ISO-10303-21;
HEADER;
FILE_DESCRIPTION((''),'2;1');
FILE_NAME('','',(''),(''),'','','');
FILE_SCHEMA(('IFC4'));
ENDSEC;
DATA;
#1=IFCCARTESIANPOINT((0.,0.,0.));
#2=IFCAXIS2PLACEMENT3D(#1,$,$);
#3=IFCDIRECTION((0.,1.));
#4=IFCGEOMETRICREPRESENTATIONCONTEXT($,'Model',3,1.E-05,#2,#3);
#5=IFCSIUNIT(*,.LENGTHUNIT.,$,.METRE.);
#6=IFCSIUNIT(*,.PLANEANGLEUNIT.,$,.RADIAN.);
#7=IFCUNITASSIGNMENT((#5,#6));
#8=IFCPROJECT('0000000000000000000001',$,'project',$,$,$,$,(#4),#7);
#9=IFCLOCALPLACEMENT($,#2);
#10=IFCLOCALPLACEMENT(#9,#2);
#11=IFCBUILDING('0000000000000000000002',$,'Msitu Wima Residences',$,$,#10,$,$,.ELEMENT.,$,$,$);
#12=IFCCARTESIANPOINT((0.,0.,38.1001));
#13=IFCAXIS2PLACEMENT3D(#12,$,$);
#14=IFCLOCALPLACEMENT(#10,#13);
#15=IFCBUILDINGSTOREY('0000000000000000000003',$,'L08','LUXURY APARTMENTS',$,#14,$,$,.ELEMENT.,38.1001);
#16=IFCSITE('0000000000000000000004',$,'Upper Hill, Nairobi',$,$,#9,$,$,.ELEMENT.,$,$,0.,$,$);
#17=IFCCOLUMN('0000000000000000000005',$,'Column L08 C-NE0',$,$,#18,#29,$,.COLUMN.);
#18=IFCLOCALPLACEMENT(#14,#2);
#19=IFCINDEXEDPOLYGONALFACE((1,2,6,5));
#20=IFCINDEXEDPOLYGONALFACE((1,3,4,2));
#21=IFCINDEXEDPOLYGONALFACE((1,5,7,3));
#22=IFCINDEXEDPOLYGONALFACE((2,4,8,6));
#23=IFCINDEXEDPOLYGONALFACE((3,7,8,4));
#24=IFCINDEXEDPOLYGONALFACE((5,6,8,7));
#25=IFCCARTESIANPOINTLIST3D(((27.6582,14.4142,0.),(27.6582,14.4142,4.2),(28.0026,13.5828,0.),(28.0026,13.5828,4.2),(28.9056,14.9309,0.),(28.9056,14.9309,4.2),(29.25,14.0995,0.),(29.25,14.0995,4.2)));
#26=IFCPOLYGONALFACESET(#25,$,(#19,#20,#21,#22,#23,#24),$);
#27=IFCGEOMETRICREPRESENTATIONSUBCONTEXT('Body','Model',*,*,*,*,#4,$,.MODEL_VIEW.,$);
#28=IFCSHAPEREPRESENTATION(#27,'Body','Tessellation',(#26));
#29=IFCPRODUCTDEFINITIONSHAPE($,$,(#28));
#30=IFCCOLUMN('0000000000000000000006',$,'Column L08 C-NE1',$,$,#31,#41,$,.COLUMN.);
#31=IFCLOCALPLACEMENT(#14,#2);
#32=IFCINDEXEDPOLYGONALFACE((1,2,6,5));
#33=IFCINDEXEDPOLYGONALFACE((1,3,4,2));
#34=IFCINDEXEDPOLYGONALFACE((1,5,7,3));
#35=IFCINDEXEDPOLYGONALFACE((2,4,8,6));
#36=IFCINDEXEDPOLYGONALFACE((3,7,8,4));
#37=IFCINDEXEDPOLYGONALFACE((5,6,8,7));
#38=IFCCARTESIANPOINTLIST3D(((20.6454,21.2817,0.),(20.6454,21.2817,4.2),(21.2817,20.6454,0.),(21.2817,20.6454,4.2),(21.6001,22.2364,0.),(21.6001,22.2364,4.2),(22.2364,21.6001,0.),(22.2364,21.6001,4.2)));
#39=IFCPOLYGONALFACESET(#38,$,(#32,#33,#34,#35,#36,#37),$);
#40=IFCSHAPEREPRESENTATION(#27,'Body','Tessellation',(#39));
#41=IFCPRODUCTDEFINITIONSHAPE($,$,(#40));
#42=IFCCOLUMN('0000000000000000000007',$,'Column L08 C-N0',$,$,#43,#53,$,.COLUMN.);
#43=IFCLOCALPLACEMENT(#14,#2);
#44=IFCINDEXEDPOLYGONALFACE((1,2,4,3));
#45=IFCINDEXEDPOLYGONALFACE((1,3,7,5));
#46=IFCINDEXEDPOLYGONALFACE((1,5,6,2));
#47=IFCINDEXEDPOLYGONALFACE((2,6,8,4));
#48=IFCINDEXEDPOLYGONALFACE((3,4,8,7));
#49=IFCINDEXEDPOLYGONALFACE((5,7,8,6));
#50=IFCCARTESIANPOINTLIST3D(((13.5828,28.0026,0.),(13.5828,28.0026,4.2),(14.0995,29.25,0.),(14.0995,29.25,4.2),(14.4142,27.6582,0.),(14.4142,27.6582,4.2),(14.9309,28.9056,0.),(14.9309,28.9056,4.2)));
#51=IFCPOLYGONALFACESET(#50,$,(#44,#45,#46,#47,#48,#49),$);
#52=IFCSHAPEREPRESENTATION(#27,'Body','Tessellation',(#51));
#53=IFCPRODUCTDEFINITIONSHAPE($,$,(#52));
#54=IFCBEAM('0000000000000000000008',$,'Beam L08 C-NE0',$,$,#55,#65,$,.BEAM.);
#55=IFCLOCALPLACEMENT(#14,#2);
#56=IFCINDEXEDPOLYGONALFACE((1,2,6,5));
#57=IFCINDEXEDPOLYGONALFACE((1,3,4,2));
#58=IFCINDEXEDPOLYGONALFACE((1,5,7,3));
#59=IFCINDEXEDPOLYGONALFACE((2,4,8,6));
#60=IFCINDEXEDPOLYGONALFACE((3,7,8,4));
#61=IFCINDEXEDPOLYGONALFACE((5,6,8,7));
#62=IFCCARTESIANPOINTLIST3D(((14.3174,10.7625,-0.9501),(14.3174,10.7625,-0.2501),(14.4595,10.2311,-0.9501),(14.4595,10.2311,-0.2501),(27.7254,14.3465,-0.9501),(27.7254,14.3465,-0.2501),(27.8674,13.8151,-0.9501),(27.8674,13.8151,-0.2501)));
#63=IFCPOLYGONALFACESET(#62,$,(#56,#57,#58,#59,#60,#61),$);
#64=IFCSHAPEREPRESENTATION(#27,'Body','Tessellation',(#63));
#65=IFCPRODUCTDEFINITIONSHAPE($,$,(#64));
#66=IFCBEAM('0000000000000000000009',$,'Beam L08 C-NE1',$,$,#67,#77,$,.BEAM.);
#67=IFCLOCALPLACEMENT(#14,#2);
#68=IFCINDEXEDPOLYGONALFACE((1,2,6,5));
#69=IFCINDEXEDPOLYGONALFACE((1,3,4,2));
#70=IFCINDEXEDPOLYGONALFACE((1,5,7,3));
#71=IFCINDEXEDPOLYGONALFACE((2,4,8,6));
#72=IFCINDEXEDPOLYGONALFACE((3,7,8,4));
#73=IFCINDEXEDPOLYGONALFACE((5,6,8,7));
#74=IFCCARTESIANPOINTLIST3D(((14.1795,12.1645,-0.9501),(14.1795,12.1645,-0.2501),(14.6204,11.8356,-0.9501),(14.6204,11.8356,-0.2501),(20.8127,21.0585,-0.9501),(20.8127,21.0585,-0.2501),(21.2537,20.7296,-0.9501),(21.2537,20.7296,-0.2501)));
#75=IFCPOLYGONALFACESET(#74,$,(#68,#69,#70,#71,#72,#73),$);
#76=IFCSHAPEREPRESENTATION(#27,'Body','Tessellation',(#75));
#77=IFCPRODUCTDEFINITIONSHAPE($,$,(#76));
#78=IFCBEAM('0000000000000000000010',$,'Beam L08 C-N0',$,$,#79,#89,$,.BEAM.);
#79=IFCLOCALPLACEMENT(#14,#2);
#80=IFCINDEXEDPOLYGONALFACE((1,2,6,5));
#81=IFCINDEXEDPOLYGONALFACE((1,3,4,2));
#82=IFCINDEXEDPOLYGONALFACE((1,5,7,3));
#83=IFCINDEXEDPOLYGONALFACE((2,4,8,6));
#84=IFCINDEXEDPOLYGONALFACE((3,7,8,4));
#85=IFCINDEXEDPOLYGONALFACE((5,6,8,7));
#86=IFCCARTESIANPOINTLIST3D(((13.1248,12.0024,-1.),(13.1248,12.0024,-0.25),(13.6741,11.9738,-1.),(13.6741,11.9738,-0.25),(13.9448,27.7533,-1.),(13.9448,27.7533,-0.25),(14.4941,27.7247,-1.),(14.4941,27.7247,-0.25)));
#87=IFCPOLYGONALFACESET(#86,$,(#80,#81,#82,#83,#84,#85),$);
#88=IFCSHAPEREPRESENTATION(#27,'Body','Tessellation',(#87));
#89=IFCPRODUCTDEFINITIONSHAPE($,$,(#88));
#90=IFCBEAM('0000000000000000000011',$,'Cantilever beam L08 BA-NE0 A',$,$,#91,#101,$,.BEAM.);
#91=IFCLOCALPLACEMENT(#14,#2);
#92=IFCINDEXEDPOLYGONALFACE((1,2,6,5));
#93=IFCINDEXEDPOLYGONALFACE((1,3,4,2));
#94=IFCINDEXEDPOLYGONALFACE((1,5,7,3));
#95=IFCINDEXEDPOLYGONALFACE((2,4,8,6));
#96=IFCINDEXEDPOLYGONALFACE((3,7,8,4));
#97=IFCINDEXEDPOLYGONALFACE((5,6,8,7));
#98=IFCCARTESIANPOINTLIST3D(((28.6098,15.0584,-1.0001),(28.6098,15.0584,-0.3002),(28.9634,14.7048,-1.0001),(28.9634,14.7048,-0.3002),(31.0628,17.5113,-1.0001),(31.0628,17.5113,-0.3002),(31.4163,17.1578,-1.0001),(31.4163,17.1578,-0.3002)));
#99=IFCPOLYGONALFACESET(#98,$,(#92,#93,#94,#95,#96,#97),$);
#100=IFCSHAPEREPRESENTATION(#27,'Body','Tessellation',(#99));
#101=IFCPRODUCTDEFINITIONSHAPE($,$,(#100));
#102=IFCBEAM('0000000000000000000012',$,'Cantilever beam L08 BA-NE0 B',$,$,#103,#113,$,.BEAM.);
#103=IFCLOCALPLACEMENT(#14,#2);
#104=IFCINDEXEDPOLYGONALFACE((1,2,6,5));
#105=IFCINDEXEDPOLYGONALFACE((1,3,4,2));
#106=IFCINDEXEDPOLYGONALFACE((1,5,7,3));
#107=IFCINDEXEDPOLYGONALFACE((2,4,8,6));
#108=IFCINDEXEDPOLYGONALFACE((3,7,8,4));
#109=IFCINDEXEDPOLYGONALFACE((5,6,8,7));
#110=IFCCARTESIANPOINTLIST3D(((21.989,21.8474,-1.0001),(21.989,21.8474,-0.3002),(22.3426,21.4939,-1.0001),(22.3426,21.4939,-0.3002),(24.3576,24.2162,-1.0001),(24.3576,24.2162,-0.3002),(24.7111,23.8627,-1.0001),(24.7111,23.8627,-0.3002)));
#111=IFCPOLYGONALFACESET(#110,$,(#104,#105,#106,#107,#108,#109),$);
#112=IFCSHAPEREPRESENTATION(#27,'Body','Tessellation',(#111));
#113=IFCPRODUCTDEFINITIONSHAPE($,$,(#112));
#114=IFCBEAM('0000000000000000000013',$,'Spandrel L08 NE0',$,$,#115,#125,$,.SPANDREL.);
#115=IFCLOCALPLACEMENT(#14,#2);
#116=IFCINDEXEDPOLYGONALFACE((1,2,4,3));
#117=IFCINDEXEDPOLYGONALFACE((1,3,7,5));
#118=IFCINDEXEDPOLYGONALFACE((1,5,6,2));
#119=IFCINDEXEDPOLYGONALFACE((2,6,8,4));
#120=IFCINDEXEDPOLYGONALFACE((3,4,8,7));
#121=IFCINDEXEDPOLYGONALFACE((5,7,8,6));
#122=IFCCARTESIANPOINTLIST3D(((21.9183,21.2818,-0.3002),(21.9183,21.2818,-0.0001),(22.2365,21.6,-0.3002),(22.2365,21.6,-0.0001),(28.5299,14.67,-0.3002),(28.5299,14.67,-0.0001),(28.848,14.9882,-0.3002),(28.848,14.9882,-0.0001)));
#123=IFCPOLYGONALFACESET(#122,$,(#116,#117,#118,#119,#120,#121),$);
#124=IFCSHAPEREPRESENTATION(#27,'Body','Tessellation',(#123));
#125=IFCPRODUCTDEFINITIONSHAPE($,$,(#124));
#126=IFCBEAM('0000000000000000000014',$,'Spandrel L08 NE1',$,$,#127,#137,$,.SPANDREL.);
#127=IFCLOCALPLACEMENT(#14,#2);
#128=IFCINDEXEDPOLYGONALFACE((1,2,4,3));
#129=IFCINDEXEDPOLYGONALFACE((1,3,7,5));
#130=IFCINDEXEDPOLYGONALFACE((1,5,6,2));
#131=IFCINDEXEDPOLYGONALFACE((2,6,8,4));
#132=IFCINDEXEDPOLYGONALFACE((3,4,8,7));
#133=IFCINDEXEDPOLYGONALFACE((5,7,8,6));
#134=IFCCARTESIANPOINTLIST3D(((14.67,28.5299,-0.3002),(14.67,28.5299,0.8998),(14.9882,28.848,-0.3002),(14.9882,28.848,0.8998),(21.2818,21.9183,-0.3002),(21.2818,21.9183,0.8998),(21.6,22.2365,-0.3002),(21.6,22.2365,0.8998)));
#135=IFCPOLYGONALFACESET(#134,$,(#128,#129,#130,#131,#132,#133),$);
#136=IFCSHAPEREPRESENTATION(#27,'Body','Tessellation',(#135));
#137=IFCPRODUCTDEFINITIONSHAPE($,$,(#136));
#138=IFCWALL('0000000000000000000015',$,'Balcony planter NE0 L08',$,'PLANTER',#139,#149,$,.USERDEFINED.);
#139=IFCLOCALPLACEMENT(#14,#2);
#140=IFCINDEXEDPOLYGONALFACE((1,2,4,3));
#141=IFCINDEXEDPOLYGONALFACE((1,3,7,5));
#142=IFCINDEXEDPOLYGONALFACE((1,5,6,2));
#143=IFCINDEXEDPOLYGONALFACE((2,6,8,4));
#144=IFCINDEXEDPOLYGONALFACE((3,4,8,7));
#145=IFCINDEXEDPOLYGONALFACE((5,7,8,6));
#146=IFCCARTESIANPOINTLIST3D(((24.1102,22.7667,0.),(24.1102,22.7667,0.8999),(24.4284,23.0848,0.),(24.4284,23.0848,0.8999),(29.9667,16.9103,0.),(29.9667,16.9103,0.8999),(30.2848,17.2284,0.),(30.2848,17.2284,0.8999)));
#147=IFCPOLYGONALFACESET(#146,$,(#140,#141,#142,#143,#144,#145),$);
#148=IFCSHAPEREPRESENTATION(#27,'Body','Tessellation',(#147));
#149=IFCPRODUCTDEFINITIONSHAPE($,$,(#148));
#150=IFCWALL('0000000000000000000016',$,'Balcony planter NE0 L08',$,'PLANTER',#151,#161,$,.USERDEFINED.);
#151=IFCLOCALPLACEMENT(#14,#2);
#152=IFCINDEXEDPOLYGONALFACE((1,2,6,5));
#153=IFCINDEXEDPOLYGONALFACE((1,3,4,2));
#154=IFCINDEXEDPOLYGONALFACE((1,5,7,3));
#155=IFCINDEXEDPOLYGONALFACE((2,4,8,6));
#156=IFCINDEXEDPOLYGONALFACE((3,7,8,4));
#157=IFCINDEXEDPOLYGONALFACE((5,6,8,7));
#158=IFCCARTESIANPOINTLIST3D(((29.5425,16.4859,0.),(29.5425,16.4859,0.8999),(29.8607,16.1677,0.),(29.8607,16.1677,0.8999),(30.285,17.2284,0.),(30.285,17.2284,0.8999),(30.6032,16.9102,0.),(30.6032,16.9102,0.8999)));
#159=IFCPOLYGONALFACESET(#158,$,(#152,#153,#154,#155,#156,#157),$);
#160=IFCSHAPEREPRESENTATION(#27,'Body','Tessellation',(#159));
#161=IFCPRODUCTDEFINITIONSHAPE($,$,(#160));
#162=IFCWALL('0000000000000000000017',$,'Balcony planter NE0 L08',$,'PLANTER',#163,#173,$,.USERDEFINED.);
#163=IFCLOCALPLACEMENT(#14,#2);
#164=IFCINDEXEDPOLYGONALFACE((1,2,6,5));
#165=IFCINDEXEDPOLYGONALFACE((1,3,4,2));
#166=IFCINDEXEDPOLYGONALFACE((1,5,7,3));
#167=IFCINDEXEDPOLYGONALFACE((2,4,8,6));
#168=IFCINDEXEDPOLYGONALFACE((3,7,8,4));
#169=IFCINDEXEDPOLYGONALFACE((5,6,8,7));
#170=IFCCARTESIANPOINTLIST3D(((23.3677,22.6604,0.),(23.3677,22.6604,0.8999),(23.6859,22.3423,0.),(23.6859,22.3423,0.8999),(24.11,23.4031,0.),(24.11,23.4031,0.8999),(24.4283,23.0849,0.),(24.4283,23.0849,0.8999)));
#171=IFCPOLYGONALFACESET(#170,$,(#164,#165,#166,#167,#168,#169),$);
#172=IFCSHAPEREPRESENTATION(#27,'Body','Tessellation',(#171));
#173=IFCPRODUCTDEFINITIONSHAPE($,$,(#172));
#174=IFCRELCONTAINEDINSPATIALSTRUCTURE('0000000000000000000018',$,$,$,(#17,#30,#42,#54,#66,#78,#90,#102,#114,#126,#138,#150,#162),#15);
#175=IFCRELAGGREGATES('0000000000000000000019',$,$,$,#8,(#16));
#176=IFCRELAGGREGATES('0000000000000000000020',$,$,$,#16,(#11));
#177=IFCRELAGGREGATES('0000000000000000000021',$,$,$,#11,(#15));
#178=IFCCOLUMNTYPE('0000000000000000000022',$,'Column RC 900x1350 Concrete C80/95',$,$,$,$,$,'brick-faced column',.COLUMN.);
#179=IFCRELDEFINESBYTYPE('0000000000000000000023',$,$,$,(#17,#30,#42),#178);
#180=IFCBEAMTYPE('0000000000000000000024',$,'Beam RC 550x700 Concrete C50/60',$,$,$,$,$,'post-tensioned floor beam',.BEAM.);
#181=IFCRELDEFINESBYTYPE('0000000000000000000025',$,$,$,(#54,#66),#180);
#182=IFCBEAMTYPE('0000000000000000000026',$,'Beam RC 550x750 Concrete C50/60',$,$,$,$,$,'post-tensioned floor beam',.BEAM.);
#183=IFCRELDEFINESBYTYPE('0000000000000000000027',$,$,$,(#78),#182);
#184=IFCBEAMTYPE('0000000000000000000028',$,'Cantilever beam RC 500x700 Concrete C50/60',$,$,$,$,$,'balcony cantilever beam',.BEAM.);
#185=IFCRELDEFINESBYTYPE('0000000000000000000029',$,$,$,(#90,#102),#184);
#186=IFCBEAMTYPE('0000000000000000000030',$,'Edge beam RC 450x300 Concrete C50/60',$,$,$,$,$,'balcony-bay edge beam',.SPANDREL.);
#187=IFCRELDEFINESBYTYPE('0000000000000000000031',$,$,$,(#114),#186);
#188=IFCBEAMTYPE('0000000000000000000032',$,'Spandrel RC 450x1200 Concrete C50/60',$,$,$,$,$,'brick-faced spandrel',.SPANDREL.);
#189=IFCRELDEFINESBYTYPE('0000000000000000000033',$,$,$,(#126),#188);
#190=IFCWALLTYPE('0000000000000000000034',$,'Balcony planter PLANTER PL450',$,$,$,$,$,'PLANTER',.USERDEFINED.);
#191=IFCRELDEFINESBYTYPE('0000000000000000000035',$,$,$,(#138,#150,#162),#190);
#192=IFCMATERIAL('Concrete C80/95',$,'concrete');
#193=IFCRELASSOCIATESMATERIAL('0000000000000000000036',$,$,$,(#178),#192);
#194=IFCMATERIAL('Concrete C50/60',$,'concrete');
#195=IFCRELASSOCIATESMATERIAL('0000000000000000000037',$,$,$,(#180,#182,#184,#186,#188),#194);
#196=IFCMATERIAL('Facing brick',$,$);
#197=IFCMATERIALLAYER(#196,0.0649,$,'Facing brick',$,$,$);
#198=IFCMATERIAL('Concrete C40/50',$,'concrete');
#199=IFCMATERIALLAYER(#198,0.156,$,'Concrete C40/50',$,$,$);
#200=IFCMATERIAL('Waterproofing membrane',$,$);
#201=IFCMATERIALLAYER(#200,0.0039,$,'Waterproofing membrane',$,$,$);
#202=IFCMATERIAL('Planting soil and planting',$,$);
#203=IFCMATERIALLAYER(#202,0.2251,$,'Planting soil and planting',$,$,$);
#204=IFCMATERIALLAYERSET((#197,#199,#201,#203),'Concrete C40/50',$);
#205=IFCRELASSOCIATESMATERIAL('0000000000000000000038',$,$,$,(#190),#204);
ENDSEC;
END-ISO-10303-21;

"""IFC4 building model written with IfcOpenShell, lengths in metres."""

from ifc_helpers import new_model, si_unit, direction, frame, frame_2d, origin, origin_2d, place, context, subcontext, project, spatial, rectangle, extrude, material, layer, layer_set, material_profile, profile_set, type_object, element, save


model = new_model("IFC4")

# Units and contexts
model_context = context("Model", 3, precision=1e-05, world=origin(), true_north=direction((0.0, 1.0)))
body_context = subcontext(model_context, "Body", "Model", "MODEL_VIEW")
ifc_project = project(units=[si_unit("LENGTHUNIT", "METRE"), si_unit("PLANEANGLEUNIT", "RADIAN")], contexts=[model_context])

# Site, building, storey
site_placement = place(None, origin())
site = spatial("IfcSite", under=ifc_project, at=site_placement, Name="Upper Hill, Nairobi", CompositionType="ELEMENT", RefElevation=0.0)
building_placement = place(site_placement, origin())
building = spatial("IfcBuilding", under=site, at=building_placement, Name="Msitu Wima Residences", CompositionType="ELEMENT")
storey_placement = place(building_placement, frame((0.0, 0.0, 38.1001)))
storey = spatial("IfcBuildingStorey", under=building, at=storey_placement, Name="L08", Description="LUXURY APARTMENTS", CompositionType="ELEMENT", Elevation=38.1001)

# Columns
ifc_material_1 = material(Name="Concrete C80/95", Category="concrete")
ifc_material_profile_1 = material_profile(ifc_material_1, rectangle(XDim=0.8999, YDim=1.3501, at=origin_2d()), Name="RC 900x1350")
ifc_profile_set_1 = profile_set([ifc_material_profile_1], Name="Concrete C80/95")
column_type = type_object("IfcColumnType", Name="Column RC 900x1350 Concrete C80/95", ElementType="brick-faced column", PredefinedType="COLUMN", material=ifc_profile_set_1)
for number, where, z_axis, x_axis, name in (
    (1, (28.4541, 14.2568, 0.0), (0.0, 0.0, 1.0), (-0.382683, 0.92388, 0.0), "Column L08 C-NE0"),
    (2, (21.4409, 21.4409, 0.0), (0.0, 0.0, 1.0), (-0.707107, 0.707107, 0.0), "Column L08 C-NE1"),
    (3, (14.2568, 28.4541, 0.0), (0.0, 0.0, 1.0), (-0.92388, 0.382683, 0.0), "Column L08 C-N0"),
):
    element("IfcColumn", number, at=place(storey_placement, frame(where, z_axis=z_axis, x_axis=x_axis)), inside=storey, type_object=column_type, Name=name, PredefinedType="COLUMN", context=body_context, shape_type="SweptSolid", body=[
        extrude(rectangle(XDim=0.8999, YDim=1.3501, at=origin_2d()), origin(), (0.0, 0.0, 1.0), 4.2),
    ])

# Beams
ifc_material_2 = material(Name="Concrete C50/60", Category="concrete")
ifc_material_profile_2 = material_profile(ifc_material_2, rectangle(XDim=0.55, YDim=0.7, at=origin_2d()), Name="RC 550x700")
ifc_profile_set_2 = profile_set([ifc_material_profile_2], Name="Concrete C50/60")
beam_type_1 = type_object("IfcBeamType", Name="Beam RC 550x700 Concrete C50/60", ElementType="post-tensioned floor beam", PredefinedType="BEAM", material=ifc_profile_set_2)
beam_1_placement = place(storey_placement, frame((27.7964, 14.0808, -0.6001), z_axis=(-0.966082, -0.258236, 0.0), x_axis=(0.258236, -0.966082, 0.0)))
element("IfcBeam", 4, at=beam_1_placement, inside=storey, type_object=beam_type_1, Name="Beam L08 C-NE0", PredefinedType="BEAM", context=body_context, shape_type="SweptSolid", body=[
    extrude(rectangle(XDim=0.55, YDim=0.7, at=origin_2d()), origin(), (0.0, 0.0, 1.0), 13.8787),
])
beam_2_placement = place(storey_placement, frame((21.0332, 20.894, -0.6001), z_axis=(-0.59785, -0.801608, 0.0), x_axis=(0.801608, -0.59785, 0.0)))
element("IfcBeam", 5, at=beam_2_placement, inside=storey, type_object=beam_type_1, Name="Beam L08 C-NE1", PredefinedType="BEAM", context=body_context, shape_type="SweptSolid", body=[
    extrude(rectangle(XDim=0.55, YDim=0.7, at=origin_2d()), origin(), (0.0, 0.0, 1.0), 11.0952),
])
ifc_material_profile_3 = material_profile(ifc_material_2, rectangle(XDim=0.55, YDim=0.75, at=origin_2d()), Name="RC 550x750")
ifc_profile_set_3 = profile_set([ifc_material_profile_3], Name="Concrete C50/60")
beam_type_2 = type_object("IfcBeamType", Name="Beam RC 550x750 Concrete C50/60", ElementType="post-tensioned floor beam", PredefinedType="BEAM", material=ifc_profile_set_3)
beam_3_placement = place(storey_placement, frame((14.2195, 27.739, -0.625), z_axis=(-0.051994, -0.998647, 0.0), x_axis=(0.998647, -0.051994, 0.0)))
element("IfcBeam", 6, at=beam_3_placement, inside=storey, type_object=beam_type_2, Name="Beam L08 C-N0", PredefinedType="BEAM", context=body_context, shape_type="SweptSolid", body=[
    extrude(rectangle(XDim=0.55, YDim=0.75, at=origin_2d()), origin(), (0.0, 0.0, 1.0), 15.7722),
])
ifc_material_profile_4 = material_profile(ifc_material_2, rectangle(XDim=0.5, YDim=0.7, at=origin_2d()), Name="RC 500x700")
ifc_profile_set_4 = profile_set([ifc_material_profile_4], Name="Concrete C50/60")
beam_type_3 = type_object("IfcBeamType", Name="Cantilever beam RC 500x700 Concrete C50/60", ElementType="balcony cantilever beam", PredefinedType="BEAM", material=ifc_profile_set_4)
beam_4_placement = place(storey_placement, frame((28.7866, 14.8816, -0.6501), z_axis=(0.707107, 0.707107, 0.0), x_axis=(-0.707107, 0.707107, 0.0)))
element("IfcBeam", 7, at=beam_4_placement, inside=storey, type_object=beam_type_3, Name="Cantilever beam L08 BA-NE0 A", PredefinedType="BEAM", context=body_context, shape_type="SweptSolid", body=[
    extrude(rectangle(XDim=0.5, YDim=0.7, at=origin_2d()), origin(), (0.0, 0.0, 1.0), 3.469),
])
beam_5_placement = place(storey_placement, frame((22.1658, 21.6707, -0.6501), z_axis=(0.70707, 0.707143, 0.0), x_axis=(-0.707143, 0.70707, 0.0)))
element("IfcBeam", 8, at=beam_5_placement, inside=storey, type_object=beam_type_3, Name="Cantilever beam L08 BA-NE0 B", PredefinedType="BEAM", context=body_context, shape_type="SweptSolid", body=[
    extrude(rectangle(XDim=0.5, YDim=0.7, at=origin_2d()), origin(), (0.0, 0.0, 1.0), 3.3499),
])
ifc_material_profile_5 = material_profile(ifc_material_2, rectangle(XDim=0.45, YDim=0.3, at=origin_2d()), Name="RC 450x300")
ifc_profile_set_5 = profile_set([ifc_material_profile_5], Name="Concrete C50/60")
beam_type_4 = type_object("IfcBeamType", Name="Edge beam RC 450x300 Concrete C50/60", ElementType="balcony-bay edge beam", PredefinedType="SPANDREL", material=ifc_profile_set_5)
beam_6_placement = place(storey_placement, frame((28.689, 14.8291, -0.1501), z_axis=(-0.707094, 0.70712, 0.0), x_axis=(-0.70712, -0.707094, 0.0)))
element("IfcBeam", 9, at=beam_6_placement, inside=storey, type_object=beam_type_4, Name="Spandrel L08 NE0", PredefinedType="SPANDREL", context=body_context, shape_type="SweptSolid", body=[
    extrude(rectangle(XDim=0.45, YDim=0.3, at=origin_2d()), origin(), (0.0, 0.0, 1.0), 9.3503),
])
ifc_material_profile_6 = material_profile(ifc_material_2, rectangle(XDim=0.45, YDim=1.2, at=origin_2d()), Name="RC 450x1200")
ifc_profile_set_6 = profile_set([ifc_material_profile_6], Name="Concrete C50/60")
beam_type_5 = type_object("IfcBeamType", Name="Spandrel RC 450x1200 Concrete C50/60", ElementType="brick-faced spandrel", PredefinedType="SPANDREL", material=ifc_profile_set_6)
beam_7_placement = place(storey_placement, frame((21.4409, 22.0774, 0.2998), z_axis=(-0.70712, 0.707094, 0.0), x_axis=(-0.707094, -0.70712, 0.0)))
element("IfcBeam", 10, at=beam_7_placement, inside=storey, type_object=beam_type_5, Name="Spandrel L08 NE1", PredefinedType="SPANDREL", context=body_context, shape_type="SweptSolid", body=[
    extrude(rectangle(XDim=0.45, YDim=1.2, at=origin_2d()), origin(), (0.0, 0.0, 1.0), 9.3503),
])

# Walls
ifc_material_3 = material(Name="Facing brick")
ifc_layer_1 = layer(ifc_material_3, 0.0649, Name="Facing brick")
ifc_material_4 = material(Name="Concrete C40/50", Category="concrete")
ifc_layer_2 = layer(ifc_material_4, 0.156, Name="Concrete C40/50")
ifc_material_5 = material(Name="Waterproofing membrane")
ifc_layer_3 = layer(ifc_material_5, 0.0039, Name="Waterproofing membrane")
ifc_material_6 = material(Name="Planting soil and planting")
ifc_layer_4 = layer(ifc_material_6, 0.2251, Name="Planting soil and planting")
ifc_layer_set_1 = layer_set([ifc_layer_1, ifc_layer_2, ifc_layer_3, ifc_layer_4], Name="Concrete C40/50")
wall_type_1 = type_object("IfcWallType", Name="Balcony planter PLANTER PL450", ElementType="PLANTER", PredefinedType="USERDEFINED", material=ifc_layer_set_1)
wall_1_placement = place(storey_placement, frame((30.1257, 17.0693, 0.0), z_axis=(0.0, 0.0, 1.0), x_axis=(-0.707107, 0.707107, 0.0)))
element("IfcWall", 11, at=wall_1_placement, inside=storey, type_object=wall_type_1, Name="Balcony planter NE0 L08", ObjectType="PLANTER", PredefinedType="USERDEFINED", context=body_context, shape_type="SweptSolid", body=[
    extrude(rectangle(XDim=8.2822, YDim=0.45, at=frame_2d((4.1411, 0.0))), origin(), (0.0, 0.0, 1.0), 0.8999),
])
for number, where, z_axis, x_axis, name in (
    (12, (29.7017, 16.3269, 0.0), (0.0, 0.0, 1.0), (0.707107, 0.707107, 0.0), "Balcony planter NE0 L08"),
    (13, (23.5269, 22.5015, 0.0), (0.0, 0.0, 1.0), (0.706991, 0.707223, 0.0), "Balcony planter NE0 L08"),
):
    element("IfcWall", number, at=place(storey_placement, frame(where, z_axis=z_axis, x_axis=x_axis)), inside=storey, type_object=wall_type_1, Name=name, ObjectType="PLANTER", PredefinedType="USERDEFINED", context=body_context, shape_type="SweptSolid", body=[
        extrude(rectangle(XDim=1.05, YDim=0.45, at=frame_2d((0.5249, 0.0))), origin(), (0.0, 0.0, 1.0), 0.8999),
    ])

save(model, "model.ifc")
